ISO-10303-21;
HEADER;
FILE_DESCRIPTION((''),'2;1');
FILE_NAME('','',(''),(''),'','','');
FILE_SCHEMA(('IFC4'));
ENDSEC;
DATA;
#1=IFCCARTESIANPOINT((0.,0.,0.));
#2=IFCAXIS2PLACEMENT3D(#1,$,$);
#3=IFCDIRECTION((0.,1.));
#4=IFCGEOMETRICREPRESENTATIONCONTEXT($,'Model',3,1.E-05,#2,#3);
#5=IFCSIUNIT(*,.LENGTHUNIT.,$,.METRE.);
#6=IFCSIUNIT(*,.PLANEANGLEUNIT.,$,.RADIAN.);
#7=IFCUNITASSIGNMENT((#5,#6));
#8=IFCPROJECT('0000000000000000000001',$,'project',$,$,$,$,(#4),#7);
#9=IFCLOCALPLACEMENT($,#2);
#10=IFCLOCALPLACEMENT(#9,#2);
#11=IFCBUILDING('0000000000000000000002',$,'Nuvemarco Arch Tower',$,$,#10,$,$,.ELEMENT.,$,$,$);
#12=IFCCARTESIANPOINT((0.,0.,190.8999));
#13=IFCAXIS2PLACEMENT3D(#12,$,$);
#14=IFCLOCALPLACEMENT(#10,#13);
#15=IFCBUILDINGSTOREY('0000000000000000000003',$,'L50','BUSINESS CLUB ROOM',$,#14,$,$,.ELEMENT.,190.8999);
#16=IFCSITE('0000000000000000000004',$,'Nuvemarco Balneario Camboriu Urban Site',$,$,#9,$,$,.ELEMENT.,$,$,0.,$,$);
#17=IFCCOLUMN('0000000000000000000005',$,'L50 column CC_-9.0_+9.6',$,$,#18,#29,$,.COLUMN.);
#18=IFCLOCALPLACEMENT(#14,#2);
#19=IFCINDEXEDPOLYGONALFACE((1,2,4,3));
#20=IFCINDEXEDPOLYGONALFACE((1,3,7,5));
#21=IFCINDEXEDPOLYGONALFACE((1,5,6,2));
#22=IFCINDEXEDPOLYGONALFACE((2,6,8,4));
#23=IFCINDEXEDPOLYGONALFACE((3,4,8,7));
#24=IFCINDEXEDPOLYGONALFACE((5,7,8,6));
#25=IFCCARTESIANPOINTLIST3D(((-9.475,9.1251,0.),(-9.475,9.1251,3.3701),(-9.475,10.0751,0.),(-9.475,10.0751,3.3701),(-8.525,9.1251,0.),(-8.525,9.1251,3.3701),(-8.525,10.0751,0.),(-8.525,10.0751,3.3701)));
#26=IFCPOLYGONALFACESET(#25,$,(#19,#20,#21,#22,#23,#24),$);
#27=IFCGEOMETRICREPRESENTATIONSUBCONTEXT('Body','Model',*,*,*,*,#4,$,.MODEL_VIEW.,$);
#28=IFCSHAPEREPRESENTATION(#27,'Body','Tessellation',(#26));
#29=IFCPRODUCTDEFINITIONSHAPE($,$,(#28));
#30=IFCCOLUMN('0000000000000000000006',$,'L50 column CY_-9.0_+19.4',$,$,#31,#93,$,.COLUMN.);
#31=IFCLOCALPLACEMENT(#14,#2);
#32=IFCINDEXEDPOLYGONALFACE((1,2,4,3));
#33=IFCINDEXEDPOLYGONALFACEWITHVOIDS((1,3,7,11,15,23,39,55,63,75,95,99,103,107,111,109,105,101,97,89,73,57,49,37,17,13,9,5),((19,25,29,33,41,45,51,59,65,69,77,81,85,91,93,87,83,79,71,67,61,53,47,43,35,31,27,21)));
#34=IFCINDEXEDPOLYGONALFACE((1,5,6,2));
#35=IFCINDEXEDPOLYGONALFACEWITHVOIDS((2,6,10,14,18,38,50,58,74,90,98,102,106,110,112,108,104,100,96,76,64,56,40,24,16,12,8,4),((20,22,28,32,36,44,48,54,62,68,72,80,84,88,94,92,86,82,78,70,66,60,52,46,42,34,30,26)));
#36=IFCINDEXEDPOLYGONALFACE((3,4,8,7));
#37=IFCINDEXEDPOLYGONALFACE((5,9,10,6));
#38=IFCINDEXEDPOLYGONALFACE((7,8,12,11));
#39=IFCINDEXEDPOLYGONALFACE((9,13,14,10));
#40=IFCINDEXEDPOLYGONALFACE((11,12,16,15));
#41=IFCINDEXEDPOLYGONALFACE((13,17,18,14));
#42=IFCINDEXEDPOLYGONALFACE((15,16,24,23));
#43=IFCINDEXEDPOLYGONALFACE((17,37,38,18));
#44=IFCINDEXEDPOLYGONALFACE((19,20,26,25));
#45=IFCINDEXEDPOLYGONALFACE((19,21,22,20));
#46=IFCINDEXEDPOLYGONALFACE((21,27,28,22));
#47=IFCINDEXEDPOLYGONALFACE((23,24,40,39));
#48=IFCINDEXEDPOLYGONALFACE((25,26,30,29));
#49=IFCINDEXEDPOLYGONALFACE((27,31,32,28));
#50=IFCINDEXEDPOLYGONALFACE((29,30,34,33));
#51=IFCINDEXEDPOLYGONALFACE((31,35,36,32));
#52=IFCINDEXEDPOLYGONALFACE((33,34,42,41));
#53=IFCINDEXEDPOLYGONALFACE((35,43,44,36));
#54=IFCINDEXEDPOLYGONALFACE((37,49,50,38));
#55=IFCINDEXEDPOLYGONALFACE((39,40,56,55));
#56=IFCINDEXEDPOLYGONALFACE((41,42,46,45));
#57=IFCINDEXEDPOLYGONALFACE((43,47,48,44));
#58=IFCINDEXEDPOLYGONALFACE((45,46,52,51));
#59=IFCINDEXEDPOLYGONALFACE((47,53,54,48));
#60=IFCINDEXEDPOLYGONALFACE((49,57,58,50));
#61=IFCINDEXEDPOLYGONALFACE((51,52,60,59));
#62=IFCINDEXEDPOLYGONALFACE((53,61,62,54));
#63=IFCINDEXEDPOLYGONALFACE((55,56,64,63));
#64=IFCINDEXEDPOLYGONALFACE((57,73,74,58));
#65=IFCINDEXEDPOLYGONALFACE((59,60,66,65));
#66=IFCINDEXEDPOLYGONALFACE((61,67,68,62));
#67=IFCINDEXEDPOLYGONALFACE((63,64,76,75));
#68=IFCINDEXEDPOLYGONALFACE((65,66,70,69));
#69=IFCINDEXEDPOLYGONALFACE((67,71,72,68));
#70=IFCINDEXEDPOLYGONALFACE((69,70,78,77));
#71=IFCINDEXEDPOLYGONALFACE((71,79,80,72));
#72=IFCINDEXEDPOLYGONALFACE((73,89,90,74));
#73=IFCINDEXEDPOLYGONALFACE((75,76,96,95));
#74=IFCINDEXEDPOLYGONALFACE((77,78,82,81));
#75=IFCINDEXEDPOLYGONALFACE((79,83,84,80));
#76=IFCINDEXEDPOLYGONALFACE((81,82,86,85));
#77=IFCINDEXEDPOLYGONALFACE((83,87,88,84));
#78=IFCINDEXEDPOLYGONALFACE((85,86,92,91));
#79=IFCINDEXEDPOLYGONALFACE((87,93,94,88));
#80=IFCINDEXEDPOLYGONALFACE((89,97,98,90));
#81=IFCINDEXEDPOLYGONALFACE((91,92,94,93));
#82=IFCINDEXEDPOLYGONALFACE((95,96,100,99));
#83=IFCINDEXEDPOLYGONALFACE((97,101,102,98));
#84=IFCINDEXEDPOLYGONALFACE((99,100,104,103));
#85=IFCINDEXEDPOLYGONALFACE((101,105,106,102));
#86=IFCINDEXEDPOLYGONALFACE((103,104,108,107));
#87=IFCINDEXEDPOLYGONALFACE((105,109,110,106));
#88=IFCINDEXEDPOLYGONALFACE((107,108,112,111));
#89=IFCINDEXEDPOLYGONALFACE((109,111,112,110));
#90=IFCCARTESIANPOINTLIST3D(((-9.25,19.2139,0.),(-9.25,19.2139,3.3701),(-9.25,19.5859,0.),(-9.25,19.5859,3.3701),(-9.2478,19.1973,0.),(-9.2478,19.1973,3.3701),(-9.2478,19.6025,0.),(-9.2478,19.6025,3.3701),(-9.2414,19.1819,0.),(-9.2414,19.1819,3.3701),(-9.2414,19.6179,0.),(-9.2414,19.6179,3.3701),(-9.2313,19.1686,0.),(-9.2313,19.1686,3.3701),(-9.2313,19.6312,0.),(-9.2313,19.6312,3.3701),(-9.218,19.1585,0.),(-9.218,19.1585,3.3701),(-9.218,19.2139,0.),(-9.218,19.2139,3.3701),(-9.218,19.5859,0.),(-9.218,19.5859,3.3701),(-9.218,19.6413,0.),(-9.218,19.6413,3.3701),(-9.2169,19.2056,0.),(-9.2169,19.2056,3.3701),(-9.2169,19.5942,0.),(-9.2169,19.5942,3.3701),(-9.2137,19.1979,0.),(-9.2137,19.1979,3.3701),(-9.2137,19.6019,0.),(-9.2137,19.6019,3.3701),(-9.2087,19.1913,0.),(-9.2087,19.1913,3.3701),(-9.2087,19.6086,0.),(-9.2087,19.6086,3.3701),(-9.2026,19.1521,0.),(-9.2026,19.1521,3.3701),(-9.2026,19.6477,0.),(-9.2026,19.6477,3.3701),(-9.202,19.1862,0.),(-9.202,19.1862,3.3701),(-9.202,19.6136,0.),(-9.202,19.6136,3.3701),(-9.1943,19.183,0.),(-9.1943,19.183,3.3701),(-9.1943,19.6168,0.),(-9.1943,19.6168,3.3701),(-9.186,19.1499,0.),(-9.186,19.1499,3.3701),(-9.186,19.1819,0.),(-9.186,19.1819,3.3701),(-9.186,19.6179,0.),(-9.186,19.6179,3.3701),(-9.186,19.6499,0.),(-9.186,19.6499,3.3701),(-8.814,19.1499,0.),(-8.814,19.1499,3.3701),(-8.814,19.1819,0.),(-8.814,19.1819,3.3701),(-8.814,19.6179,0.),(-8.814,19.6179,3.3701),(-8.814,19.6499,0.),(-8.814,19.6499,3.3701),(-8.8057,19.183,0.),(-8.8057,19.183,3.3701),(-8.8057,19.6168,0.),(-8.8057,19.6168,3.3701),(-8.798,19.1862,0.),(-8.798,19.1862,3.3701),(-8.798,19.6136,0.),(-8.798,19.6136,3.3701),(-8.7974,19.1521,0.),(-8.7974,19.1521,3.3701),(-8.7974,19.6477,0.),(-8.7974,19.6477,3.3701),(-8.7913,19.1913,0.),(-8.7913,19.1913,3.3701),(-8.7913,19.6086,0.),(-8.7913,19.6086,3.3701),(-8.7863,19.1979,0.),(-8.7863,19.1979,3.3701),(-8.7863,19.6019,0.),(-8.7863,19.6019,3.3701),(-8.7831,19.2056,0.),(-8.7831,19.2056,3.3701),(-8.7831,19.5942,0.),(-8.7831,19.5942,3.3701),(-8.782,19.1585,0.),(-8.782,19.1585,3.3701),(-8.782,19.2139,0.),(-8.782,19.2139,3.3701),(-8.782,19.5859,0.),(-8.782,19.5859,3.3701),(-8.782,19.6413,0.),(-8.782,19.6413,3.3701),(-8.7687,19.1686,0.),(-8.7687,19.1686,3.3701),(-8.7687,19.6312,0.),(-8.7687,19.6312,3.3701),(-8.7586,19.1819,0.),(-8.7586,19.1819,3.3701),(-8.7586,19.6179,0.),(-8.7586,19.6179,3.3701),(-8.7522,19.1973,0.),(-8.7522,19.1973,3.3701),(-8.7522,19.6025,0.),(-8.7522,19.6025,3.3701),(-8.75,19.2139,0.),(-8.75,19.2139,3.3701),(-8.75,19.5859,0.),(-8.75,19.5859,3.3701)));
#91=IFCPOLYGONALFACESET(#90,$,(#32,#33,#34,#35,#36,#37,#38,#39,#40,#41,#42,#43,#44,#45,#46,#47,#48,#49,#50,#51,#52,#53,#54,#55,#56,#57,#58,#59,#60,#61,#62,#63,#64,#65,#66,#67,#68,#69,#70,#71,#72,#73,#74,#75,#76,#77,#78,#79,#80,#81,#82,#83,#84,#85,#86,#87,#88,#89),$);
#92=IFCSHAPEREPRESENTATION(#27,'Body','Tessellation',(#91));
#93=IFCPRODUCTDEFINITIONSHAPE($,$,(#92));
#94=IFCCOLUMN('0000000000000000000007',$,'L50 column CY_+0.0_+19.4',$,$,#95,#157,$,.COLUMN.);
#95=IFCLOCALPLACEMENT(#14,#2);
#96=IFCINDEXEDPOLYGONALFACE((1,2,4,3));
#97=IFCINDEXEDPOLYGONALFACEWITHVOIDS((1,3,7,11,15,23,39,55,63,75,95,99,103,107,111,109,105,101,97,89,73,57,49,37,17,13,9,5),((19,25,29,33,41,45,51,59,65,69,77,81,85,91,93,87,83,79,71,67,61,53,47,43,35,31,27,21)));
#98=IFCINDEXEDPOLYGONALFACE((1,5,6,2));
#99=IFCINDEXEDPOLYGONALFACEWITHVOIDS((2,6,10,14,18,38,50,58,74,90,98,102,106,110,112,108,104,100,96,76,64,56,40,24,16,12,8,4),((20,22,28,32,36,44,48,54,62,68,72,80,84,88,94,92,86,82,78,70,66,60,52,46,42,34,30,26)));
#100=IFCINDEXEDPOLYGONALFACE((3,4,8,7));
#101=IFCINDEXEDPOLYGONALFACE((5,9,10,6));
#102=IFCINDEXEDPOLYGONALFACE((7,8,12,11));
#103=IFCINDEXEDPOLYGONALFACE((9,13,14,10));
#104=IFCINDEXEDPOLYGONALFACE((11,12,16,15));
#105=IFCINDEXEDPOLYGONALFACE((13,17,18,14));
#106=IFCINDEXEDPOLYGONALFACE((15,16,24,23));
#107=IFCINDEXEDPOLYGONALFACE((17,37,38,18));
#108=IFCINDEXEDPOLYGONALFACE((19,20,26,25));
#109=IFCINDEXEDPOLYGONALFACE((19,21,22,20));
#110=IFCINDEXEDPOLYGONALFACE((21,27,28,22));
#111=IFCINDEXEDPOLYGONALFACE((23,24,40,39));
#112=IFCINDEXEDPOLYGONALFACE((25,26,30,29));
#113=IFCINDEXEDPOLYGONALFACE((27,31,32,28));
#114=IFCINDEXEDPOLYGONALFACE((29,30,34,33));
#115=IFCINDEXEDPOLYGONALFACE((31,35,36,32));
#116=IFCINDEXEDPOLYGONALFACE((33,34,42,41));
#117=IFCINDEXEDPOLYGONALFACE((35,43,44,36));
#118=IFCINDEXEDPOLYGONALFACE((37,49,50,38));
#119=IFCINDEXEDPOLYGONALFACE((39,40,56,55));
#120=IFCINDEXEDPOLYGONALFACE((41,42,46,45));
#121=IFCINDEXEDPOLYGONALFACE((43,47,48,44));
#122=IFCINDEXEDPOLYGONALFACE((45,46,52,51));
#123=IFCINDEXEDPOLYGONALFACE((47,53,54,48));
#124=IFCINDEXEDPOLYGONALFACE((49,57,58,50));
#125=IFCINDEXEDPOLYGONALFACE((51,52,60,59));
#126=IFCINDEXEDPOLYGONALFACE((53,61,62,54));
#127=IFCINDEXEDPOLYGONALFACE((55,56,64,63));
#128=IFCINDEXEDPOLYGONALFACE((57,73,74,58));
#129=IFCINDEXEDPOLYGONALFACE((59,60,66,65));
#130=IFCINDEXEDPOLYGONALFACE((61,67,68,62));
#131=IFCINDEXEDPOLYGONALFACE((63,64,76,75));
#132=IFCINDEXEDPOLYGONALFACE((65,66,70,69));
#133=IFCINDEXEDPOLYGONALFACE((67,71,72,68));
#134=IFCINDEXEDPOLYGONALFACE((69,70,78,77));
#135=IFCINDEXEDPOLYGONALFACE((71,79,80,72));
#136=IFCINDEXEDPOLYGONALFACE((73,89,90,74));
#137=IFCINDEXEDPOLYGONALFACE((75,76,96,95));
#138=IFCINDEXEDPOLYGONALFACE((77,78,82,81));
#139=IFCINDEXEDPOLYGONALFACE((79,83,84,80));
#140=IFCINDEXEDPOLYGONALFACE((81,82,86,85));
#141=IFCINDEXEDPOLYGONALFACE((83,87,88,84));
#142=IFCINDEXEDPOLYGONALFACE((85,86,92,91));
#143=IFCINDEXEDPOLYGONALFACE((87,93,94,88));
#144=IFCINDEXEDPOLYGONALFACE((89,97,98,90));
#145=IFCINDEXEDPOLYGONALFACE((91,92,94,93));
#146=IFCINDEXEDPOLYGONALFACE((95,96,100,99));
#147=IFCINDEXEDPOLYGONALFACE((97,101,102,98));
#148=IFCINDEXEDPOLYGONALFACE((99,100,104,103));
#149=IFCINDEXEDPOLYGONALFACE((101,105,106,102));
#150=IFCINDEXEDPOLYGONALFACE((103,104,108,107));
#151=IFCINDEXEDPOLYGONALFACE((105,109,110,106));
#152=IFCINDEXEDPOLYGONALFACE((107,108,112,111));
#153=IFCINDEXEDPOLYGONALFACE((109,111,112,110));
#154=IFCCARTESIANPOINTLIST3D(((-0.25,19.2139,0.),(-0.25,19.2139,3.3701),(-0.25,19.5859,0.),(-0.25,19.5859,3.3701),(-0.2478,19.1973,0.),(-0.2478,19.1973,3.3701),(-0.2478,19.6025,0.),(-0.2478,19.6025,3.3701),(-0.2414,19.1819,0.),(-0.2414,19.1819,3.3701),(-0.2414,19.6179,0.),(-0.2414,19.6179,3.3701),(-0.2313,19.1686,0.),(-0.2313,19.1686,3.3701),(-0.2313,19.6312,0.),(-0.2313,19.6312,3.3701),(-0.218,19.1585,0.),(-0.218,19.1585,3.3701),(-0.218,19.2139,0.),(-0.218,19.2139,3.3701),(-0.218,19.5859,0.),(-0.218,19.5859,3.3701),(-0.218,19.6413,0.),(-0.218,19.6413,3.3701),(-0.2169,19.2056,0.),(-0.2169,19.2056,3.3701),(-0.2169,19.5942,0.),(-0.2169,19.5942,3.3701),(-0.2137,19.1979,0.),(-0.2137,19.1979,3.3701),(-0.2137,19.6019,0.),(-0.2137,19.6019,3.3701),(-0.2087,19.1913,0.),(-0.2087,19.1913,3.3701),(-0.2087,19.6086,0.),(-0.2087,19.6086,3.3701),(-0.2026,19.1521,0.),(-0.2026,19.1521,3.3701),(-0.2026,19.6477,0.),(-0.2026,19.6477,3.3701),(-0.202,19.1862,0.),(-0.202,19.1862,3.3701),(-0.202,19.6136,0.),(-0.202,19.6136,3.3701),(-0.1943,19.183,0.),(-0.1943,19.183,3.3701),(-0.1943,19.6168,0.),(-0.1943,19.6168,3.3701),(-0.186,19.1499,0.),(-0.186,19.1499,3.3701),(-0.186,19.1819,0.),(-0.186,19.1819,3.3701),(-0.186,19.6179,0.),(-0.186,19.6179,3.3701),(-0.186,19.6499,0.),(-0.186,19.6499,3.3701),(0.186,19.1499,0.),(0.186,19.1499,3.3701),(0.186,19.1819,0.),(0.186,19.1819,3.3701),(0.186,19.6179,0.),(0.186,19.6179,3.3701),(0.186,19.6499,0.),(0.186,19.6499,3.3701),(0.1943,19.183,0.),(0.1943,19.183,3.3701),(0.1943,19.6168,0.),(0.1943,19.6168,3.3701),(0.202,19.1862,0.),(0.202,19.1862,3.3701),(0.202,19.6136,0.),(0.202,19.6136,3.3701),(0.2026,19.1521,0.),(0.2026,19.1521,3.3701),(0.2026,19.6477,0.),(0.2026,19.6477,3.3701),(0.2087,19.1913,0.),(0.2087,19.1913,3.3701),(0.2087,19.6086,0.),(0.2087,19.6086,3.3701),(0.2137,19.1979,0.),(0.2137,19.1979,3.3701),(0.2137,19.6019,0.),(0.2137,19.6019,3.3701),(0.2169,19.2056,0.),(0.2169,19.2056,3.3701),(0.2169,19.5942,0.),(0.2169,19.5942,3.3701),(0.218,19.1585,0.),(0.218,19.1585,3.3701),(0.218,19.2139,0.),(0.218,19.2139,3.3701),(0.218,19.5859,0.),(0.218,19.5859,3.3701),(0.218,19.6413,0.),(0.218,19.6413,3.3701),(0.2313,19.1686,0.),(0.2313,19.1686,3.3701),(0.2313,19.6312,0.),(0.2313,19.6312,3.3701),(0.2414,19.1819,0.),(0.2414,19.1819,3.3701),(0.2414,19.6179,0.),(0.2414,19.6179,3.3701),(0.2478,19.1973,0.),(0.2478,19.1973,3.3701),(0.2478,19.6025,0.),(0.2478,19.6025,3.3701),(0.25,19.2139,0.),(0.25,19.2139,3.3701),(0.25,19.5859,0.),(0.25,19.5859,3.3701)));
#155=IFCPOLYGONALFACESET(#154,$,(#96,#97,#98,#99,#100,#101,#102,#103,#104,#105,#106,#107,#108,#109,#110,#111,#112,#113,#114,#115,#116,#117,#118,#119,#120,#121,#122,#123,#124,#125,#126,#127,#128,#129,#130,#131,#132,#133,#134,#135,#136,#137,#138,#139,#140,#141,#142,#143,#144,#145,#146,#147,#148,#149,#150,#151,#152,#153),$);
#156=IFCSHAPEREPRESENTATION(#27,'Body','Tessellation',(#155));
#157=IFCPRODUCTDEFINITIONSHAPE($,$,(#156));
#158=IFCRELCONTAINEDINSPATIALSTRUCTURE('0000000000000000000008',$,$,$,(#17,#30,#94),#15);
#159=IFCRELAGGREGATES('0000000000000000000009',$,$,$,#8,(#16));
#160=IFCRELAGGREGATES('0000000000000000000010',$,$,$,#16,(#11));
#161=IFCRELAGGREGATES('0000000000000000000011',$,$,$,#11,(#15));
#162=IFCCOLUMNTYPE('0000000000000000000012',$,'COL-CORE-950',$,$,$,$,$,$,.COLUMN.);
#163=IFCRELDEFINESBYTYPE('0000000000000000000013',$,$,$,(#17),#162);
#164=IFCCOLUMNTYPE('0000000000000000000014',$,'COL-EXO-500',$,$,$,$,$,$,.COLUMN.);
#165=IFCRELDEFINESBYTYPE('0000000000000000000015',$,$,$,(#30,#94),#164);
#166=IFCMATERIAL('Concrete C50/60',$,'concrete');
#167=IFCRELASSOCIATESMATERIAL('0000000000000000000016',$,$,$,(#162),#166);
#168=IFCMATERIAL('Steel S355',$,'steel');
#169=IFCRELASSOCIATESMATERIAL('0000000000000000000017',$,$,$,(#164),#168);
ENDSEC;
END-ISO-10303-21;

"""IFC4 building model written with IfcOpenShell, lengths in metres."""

from ifc_helpers import new_model, si_unit, direction, frame, origin, origin_2d, place, context, subcontext, project, spatial, rectangle, hollow_rectangle, extrude, material, material_profile, profile_set, type_object, element, save


model = new_model("IFC4")

# Units and contexts
model_context = context("Model", 3, precision=1e-05, world=origin(), true_north=direction((0.0, 1.0)))
body_context = subcontext(model_context, "Body", "Model", "MODEL_VIEW")
ifc_project = project(units=[si_unit("LENGTHUNIT", "METRE"), si_unit("PLANEANGLEUNIT", "RADIAN")], contexts=[model_context])

# Site, building, storey
site_placement = place(None, origin())
site = spatial("IfcSite", under=ifc_project, at=site_placement, Name="Nuvemarco Balneario Camboriu Urban Site", CompositionType="ELEMENT", RefElevation=0.0)
building_placement = place(site_placement, origin())
building = spatial("IfcBuilding", under=site, at=building_placement, Name="Nuvemarco Arch Tower", CompositionType="ELEMENT")
storey_placement = place(building_placement, frame((0.0, 0.0, 190.8999)))
storey = spatial("IfcBuildingStorey", under=building, at=storey_placement, Name="L50", Description="BUSINESS CLUB ROOM", CompositionType="ELEMENT", Elevation=190.8999)

# Columns
ifc_material_1 = material(Name="Concrete C50/60", Category="concrete")
ifc_material_profile_1 = material_profile(ifc_material_1, rectangle(XDim=0.95, YDim=0.95, at=origin_2d()), Name="RC-COL-950x950")
ifc_profile_set_1 = profile_set([ifc_material_profile_1], Name="Concrete C50/60")
column_type_1 = type_object("IfcColumnType", Name="COL-CORE-950", PredefinedType="COLUMN", material=ifc_profile_set_1)
column_1_placement = place(storey_placement, frame((-9.0, 9.6001, 0.0), z_axis=(0.0, 0.0, 1.0), x_axis=(1.0, 0.0, 0.0)))
element("IfcColumn", 1, at=column_1_placement, inside=storey, type_object=column_type_1, Name="L50 column CC_-9.0_+9.6", PredefinedType="COLUMN", context=body_context, shape_type="SweptSolid", body=[
    extrude(rectangle(XDim=0.95, YDim=0.95, at=origin_2d()), origin(), (0.0, 0.0, 1.0), 3.3701),
])
ifc_material_2 = material(Name="Steel S355", Category="steel")
ifc_material_profile_2 = material_profile(ifc_material_2, hollow_rectangle(XDim=0.5, YDim=0.5, WallThickness=0.032, InnerFilletRadius=0.032, OuterFilletRadius=0.064, at=origin_2d()), Name="SHS500x500x32")
ifc_profile_set_2 = profile_set([ifc_material_profile_2], Name="Steel S355")
column_type_2 = type_object("IfcColumnType", Name="COL-EXO-500", PredefinedType="COLUMN", material=ifc_profile_set_2)
for number, where, z_axis, x_axis, name in (
    (2, (-9.0, 19.3999, 0.0), (0.0, 0.0, 1.0), (1.0, 0.0, 0.0), "L50 column CY_-9.0_+19.4"),
    (3, (0.0, 19.3999, 0.0), (0.0, 0.0, 1.0), (1.0, 0.0, 0.0), "L50 column CY_+0.0_+19.4"),
):
    element("IfcColumn", number, at=place(storey_placement, frame(where, z_axis=z_axis, x_axis=x_axis)), inside=storey, type_object=column_type_2, Name=name, PredefinedType="COLUMN", context=body_context, shape_type="SweptSolid", body=[
        extrude(hollow_rectangle(XDim=0.5, YDim=0.5, WallThickness=0.032, InnerFilletRadius=0.032, OuterFilletRadius=0.064, at=origin_2d()), origin(), (0.0, 0.0, 1.0), 3.3701),
    ])

save(model, "model.ifc")
